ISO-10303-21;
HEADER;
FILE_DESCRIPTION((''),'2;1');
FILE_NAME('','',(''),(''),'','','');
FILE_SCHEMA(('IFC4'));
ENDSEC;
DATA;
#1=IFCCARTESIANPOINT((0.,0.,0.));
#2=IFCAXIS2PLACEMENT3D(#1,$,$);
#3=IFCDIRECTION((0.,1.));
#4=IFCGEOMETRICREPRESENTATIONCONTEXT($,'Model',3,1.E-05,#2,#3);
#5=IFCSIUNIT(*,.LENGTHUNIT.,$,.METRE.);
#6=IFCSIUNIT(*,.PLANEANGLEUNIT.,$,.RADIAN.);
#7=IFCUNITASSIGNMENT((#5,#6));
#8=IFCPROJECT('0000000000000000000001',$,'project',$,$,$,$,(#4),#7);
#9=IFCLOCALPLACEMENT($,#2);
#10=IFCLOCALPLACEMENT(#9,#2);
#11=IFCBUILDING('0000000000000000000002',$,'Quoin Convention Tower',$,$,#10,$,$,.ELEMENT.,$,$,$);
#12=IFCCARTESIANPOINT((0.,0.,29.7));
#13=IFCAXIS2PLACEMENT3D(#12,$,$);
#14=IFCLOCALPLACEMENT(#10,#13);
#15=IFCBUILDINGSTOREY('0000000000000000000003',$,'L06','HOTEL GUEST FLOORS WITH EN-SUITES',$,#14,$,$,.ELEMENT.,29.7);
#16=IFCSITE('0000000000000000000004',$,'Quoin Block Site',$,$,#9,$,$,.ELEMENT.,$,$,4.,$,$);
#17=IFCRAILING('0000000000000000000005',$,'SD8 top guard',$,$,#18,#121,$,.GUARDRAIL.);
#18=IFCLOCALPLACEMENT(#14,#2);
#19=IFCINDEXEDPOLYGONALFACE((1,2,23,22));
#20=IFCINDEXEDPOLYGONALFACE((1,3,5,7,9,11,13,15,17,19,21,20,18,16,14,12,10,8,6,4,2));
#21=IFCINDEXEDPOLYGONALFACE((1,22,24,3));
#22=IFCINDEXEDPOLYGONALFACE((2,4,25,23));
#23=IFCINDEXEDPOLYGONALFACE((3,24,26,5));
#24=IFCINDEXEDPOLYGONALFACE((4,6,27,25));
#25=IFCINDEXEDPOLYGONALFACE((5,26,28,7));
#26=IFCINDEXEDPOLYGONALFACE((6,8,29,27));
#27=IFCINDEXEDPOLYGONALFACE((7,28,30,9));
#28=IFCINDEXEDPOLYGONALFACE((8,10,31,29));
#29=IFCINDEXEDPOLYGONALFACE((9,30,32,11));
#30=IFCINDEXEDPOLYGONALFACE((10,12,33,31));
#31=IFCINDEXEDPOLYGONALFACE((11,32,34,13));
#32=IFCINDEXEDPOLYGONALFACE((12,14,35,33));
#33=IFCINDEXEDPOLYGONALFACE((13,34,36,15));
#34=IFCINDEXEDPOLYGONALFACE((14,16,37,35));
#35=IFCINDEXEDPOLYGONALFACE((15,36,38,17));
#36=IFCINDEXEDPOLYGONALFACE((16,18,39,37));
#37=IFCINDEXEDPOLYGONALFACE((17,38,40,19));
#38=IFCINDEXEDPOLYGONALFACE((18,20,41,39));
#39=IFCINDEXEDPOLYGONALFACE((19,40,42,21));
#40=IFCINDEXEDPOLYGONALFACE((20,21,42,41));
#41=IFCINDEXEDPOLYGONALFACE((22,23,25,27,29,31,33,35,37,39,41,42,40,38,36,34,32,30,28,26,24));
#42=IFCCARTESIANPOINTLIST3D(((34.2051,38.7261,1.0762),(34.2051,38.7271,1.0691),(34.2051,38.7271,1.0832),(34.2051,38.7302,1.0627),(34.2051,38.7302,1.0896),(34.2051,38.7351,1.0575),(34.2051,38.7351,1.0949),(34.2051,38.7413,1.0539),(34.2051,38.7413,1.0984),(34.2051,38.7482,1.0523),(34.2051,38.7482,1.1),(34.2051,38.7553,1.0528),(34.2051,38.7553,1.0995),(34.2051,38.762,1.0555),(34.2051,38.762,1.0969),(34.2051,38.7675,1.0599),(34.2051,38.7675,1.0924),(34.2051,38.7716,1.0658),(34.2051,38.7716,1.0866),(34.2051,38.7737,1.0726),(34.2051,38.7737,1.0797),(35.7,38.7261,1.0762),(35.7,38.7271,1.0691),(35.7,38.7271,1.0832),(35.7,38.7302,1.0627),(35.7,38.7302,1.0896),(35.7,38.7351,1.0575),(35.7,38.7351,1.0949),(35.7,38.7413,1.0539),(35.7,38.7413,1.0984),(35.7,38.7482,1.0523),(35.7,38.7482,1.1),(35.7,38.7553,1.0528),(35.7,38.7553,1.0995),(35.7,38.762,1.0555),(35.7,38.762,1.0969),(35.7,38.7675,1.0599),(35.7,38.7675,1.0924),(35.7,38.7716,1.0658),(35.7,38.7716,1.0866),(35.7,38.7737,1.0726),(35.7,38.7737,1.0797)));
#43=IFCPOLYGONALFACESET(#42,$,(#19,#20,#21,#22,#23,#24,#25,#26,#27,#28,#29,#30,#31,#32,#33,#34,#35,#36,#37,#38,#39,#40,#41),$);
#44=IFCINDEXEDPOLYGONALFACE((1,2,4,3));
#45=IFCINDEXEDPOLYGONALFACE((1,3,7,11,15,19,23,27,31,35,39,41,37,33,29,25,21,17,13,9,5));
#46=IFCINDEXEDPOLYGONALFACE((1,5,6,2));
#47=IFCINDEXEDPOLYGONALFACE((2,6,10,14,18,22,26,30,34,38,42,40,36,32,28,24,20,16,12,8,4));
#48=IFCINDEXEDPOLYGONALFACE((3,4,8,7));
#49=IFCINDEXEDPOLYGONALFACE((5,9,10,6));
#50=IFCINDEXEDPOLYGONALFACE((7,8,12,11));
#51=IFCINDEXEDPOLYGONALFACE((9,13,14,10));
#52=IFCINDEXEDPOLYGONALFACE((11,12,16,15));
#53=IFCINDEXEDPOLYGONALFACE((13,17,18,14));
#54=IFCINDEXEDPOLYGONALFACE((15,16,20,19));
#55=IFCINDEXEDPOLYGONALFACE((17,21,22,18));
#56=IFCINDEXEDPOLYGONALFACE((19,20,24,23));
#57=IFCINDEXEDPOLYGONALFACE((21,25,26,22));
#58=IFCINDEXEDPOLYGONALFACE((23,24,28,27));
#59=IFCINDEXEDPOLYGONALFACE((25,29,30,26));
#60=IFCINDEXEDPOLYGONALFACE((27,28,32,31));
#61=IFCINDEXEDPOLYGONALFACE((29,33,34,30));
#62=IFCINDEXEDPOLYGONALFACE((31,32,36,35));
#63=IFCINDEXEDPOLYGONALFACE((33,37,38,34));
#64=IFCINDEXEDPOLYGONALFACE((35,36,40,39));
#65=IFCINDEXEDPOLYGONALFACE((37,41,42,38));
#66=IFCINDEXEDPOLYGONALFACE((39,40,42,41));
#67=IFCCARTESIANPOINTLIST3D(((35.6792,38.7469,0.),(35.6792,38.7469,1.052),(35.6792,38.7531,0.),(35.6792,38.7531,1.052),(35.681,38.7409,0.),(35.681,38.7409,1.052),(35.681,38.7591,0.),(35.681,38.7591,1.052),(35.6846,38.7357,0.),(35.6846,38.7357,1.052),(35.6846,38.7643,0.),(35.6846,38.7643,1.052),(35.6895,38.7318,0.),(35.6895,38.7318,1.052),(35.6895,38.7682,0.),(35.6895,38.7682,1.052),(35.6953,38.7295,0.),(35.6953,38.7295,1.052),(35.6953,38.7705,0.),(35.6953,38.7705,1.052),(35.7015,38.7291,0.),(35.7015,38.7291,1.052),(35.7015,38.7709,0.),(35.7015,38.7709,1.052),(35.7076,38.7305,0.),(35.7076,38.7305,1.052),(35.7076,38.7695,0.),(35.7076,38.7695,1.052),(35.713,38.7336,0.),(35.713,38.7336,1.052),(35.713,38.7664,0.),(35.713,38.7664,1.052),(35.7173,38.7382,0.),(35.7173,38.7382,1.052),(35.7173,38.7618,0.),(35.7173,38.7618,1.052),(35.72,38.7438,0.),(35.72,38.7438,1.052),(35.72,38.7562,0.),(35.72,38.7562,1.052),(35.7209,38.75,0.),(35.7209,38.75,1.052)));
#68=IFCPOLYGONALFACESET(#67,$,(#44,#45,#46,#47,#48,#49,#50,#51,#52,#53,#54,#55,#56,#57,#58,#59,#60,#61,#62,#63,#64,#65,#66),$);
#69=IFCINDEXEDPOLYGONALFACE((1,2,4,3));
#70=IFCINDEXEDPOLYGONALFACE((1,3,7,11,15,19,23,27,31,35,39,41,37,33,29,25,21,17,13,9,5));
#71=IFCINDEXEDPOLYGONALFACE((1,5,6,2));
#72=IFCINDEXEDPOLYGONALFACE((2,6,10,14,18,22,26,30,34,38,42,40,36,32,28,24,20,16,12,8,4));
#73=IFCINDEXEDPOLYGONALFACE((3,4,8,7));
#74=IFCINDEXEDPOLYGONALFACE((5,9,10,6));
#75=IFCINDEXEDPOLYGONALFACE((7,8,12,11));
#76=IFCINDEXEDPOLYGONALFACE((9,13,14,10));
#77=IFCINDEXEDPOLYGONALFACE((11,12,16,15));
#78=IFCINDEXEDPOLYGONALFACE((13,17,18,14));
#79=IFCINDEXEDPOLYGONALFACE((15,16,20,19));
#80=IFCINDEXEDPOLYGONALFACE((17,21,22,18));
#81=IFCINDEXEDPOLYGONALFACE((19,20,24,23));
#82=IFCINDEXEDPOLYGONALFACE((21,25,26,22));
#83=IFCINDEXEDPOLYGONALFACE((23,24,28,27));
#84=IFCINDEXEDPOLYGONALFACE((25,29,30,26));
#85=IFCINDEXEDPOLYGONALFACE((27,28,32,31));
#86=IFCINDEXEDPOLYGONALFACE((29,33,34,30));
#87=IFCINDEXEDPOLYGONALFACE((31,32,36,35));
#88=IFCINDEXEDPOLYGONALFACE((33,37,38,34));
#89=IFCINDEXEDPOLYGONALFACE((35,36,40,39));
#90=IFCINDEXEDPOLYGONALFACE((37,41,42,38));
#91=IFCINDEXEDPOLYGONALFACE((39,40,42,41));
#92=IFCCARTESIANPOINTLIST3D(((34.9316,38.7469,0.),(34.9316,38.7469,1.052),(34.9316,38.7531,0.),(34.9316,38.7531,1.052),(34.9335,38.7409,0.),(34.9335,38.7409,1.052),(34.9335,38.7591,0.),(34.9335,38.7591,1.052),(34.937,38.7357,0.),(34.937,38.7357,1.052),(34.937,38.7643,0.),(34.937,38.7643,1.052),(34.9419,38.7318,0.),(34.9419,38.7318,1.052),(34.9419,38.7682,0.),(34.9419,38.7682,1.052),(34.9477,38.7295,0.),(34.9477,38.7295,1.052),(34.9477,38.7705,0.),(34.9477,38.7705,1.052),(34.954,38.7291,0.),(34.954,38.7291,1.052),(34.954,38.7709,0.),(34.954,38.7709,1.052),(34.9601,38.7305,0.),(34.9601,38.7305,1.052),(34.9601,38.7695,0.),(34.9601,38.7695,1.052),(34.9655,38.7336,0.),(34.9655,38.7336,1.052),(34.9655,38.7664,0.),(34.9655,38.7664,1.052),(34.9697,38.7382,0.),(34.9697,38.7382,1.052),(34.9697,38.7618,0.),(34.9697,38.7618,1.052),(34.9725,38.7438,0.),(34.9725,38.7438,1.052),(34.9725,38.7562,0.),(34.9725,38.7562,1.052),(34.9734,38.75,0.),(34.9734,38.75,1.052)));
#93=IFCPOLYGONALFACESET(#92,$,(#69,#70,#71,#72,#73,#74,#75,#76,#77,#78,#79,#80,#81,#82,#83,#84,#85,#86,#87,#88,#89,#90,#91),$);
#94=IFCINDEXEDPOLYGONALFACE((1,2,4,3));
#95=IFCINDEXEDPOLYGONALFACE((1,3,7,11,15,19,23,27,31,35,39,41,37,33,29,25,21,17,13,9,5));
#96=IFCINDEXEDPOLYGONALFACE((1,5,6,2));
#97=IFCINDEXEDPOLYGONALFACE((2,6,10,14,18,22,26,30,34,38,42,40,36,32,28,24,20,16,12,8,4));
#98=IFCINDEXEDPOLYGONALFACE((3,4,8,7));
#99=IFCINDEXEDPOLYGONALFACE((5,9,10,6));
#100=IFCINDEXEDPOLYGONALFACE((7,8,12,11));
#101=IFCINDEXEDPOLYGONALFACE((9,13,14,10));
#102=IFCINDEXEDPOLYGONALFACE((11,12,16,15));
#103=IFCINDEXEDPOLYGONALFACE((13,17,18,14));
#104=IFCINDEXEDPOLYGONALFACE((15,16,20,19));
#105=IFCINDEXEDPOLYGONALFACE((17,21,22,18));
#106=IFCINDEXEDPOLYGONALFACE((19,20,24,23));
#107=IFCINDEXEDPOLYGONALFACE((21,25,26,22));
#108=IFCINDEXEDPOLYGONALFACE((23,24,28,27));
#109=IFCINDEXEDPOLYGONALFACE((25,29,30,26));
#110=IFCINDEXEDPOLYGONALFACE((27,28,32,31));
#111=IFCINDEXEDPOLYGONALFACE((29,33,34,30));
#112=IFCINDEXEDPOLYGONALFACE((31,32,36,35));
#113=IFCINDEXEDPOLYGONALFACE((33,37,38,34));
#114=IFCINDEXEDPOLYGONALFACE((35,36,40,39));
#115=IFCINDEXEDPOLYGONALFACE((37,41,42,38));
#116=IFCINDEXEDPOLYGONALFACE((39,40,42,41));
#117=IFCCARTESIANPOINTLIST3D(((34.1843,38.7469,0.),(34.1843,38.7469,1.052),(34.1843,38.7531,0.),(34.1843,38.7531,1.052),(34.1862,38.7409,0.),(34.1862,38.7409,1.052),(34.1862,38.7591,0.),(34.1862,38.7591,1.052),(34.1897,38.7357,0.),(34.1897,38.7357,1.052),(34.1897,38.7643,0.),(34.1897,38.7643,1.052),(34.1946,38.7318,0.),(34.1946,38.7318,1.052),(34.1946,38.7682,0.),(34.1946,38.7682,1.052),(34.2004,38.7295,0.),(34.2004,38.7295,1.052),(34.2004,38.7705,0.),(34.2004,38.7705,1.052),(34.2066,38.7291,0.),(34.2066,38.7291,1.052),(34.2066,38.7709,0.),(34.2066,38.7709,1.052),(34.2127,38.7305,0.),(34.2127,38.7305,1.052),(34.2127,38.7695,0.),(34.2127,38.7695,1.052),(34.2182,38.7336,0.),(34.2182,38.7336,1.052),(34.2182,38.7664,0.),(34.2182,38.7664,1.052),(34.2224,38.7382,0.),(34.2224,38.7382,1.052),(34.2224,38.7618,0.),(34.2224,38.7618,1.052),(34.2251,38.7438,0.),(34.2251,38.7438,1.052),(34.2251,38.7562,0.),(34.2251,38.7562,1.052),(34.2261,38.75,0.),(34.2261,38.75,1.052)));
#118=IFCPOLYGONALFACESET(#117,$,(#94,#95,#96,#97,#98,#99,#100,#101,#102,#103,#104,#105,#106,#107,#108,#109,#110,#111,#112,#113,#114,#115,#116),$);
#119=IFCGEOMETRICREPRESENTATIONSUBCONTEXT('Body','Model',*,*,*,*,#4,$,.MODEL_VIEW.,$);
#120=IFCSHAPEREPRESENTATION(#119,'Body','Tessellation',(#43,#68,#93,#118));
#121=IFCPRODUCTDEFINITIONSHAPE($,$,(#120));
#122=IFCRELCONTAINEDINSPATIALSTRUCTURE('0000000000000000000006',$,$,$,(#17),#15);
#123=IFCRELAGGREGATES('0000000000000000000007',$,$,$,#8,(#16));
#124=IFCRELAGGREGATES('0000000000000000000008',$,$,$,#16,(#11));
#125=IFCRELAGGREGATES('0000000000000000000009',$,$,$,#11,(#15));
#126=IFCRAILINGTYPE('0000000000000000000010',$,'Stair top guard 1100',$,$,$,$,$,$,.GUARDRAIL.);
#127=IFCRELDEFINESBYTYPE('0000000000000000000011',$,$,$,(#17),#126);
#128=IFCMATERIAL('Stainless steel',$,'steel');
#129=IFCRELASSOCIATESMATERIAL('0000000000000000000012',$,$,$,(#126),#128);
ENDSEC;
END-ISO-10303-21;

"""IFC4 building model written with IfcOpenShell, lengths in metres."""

from ifc_helpers import new_model, si_unit, direction, frame, origin, origin_2d, place, context, subcontext, project, spatial, circle, extrude, material, type_object, element, save


model = new_model("IFC4")

# Units and contexts
model_context = context("Model", 3, precision=1e-05, world=origin(), true_north=direction((0.0, 1.0)))
body_context = subcontext(model_context, "Body", "Model", "MODEL_VIEW")
ifc_project = project(units=[si_unit("LENGTHUNIT", "METRE"), si_unit("PLANEANGLEUNIT", "RADIAN")], contexts=[model_context])

# Site, building, storey
site_placement = place(None, origin())
site = spatial("IfcSite", under=ifc_project, at=site_placement, Name="Quoin Block Site", CompositionType="ELEMENT", RefElevation=4.0)
building_placement = place(site_placement, origin())
building = spatial("IfcBuilding", under=site, at=building_placement, Name="Quoin Convention Tower", CompositionType="ELEMENT")
storey_placement = place(building_placement, frame((0.0, 0.0, 29.7)))
storey = spatial("IfcBuildingStorey", under=building, at=storey_placement, Name="L06", Description="HOTEL GUEST FLOORS WITH EN-SUITES", CompositionType="ELEMENT", Elevation=29.7)

# Railing
ifc_material_1 = material(Name="Stainless steel", Category="steel")
railing_type_1 = type_object("IfcRailingType", Name="Stair top guard 1100", PredefinedType="GUARDRAIL", material=ifc_material_1)
railing_1_placement = place(storey_placement, frame((35.7, 38.75, 0.0)))
element("IfcRailing", 1, at=railing_1_placement, inside=storey, type_object=railing_type_1, Name="SD8 top guard", PredefinedType="GUARDRAIL", context=body_context, shape_type="SweptSolid", body=[
    extrude(circle(Radius=0.0239, at=origin_2d()), frame((0.0, 0.0, 1.0762), z_axis=(-1.0, 0.0, 0.0), x_axis=(0.0, -1.0, 0.0)), (0.0, 0.0, 1.0), 1.4949),
    extrude(circle(Radius=0.021, at=origin_2d()), origin(), (0.0, 0.0, 1.0), 1.052),
    extrude(circle(Radius=0.021, at=origin_2d()), frame((-0.7476, 0.0, 0.0)), (0.0, 0.0, 1.0), 1.052),
    extrude(circle(Radius=0.021, at=origin_2d()), frame((-1.4949, 0.0, 0.0)), (0.0, 0.0, 1.0), 1.052),
])

save(model, "model.ifc")
